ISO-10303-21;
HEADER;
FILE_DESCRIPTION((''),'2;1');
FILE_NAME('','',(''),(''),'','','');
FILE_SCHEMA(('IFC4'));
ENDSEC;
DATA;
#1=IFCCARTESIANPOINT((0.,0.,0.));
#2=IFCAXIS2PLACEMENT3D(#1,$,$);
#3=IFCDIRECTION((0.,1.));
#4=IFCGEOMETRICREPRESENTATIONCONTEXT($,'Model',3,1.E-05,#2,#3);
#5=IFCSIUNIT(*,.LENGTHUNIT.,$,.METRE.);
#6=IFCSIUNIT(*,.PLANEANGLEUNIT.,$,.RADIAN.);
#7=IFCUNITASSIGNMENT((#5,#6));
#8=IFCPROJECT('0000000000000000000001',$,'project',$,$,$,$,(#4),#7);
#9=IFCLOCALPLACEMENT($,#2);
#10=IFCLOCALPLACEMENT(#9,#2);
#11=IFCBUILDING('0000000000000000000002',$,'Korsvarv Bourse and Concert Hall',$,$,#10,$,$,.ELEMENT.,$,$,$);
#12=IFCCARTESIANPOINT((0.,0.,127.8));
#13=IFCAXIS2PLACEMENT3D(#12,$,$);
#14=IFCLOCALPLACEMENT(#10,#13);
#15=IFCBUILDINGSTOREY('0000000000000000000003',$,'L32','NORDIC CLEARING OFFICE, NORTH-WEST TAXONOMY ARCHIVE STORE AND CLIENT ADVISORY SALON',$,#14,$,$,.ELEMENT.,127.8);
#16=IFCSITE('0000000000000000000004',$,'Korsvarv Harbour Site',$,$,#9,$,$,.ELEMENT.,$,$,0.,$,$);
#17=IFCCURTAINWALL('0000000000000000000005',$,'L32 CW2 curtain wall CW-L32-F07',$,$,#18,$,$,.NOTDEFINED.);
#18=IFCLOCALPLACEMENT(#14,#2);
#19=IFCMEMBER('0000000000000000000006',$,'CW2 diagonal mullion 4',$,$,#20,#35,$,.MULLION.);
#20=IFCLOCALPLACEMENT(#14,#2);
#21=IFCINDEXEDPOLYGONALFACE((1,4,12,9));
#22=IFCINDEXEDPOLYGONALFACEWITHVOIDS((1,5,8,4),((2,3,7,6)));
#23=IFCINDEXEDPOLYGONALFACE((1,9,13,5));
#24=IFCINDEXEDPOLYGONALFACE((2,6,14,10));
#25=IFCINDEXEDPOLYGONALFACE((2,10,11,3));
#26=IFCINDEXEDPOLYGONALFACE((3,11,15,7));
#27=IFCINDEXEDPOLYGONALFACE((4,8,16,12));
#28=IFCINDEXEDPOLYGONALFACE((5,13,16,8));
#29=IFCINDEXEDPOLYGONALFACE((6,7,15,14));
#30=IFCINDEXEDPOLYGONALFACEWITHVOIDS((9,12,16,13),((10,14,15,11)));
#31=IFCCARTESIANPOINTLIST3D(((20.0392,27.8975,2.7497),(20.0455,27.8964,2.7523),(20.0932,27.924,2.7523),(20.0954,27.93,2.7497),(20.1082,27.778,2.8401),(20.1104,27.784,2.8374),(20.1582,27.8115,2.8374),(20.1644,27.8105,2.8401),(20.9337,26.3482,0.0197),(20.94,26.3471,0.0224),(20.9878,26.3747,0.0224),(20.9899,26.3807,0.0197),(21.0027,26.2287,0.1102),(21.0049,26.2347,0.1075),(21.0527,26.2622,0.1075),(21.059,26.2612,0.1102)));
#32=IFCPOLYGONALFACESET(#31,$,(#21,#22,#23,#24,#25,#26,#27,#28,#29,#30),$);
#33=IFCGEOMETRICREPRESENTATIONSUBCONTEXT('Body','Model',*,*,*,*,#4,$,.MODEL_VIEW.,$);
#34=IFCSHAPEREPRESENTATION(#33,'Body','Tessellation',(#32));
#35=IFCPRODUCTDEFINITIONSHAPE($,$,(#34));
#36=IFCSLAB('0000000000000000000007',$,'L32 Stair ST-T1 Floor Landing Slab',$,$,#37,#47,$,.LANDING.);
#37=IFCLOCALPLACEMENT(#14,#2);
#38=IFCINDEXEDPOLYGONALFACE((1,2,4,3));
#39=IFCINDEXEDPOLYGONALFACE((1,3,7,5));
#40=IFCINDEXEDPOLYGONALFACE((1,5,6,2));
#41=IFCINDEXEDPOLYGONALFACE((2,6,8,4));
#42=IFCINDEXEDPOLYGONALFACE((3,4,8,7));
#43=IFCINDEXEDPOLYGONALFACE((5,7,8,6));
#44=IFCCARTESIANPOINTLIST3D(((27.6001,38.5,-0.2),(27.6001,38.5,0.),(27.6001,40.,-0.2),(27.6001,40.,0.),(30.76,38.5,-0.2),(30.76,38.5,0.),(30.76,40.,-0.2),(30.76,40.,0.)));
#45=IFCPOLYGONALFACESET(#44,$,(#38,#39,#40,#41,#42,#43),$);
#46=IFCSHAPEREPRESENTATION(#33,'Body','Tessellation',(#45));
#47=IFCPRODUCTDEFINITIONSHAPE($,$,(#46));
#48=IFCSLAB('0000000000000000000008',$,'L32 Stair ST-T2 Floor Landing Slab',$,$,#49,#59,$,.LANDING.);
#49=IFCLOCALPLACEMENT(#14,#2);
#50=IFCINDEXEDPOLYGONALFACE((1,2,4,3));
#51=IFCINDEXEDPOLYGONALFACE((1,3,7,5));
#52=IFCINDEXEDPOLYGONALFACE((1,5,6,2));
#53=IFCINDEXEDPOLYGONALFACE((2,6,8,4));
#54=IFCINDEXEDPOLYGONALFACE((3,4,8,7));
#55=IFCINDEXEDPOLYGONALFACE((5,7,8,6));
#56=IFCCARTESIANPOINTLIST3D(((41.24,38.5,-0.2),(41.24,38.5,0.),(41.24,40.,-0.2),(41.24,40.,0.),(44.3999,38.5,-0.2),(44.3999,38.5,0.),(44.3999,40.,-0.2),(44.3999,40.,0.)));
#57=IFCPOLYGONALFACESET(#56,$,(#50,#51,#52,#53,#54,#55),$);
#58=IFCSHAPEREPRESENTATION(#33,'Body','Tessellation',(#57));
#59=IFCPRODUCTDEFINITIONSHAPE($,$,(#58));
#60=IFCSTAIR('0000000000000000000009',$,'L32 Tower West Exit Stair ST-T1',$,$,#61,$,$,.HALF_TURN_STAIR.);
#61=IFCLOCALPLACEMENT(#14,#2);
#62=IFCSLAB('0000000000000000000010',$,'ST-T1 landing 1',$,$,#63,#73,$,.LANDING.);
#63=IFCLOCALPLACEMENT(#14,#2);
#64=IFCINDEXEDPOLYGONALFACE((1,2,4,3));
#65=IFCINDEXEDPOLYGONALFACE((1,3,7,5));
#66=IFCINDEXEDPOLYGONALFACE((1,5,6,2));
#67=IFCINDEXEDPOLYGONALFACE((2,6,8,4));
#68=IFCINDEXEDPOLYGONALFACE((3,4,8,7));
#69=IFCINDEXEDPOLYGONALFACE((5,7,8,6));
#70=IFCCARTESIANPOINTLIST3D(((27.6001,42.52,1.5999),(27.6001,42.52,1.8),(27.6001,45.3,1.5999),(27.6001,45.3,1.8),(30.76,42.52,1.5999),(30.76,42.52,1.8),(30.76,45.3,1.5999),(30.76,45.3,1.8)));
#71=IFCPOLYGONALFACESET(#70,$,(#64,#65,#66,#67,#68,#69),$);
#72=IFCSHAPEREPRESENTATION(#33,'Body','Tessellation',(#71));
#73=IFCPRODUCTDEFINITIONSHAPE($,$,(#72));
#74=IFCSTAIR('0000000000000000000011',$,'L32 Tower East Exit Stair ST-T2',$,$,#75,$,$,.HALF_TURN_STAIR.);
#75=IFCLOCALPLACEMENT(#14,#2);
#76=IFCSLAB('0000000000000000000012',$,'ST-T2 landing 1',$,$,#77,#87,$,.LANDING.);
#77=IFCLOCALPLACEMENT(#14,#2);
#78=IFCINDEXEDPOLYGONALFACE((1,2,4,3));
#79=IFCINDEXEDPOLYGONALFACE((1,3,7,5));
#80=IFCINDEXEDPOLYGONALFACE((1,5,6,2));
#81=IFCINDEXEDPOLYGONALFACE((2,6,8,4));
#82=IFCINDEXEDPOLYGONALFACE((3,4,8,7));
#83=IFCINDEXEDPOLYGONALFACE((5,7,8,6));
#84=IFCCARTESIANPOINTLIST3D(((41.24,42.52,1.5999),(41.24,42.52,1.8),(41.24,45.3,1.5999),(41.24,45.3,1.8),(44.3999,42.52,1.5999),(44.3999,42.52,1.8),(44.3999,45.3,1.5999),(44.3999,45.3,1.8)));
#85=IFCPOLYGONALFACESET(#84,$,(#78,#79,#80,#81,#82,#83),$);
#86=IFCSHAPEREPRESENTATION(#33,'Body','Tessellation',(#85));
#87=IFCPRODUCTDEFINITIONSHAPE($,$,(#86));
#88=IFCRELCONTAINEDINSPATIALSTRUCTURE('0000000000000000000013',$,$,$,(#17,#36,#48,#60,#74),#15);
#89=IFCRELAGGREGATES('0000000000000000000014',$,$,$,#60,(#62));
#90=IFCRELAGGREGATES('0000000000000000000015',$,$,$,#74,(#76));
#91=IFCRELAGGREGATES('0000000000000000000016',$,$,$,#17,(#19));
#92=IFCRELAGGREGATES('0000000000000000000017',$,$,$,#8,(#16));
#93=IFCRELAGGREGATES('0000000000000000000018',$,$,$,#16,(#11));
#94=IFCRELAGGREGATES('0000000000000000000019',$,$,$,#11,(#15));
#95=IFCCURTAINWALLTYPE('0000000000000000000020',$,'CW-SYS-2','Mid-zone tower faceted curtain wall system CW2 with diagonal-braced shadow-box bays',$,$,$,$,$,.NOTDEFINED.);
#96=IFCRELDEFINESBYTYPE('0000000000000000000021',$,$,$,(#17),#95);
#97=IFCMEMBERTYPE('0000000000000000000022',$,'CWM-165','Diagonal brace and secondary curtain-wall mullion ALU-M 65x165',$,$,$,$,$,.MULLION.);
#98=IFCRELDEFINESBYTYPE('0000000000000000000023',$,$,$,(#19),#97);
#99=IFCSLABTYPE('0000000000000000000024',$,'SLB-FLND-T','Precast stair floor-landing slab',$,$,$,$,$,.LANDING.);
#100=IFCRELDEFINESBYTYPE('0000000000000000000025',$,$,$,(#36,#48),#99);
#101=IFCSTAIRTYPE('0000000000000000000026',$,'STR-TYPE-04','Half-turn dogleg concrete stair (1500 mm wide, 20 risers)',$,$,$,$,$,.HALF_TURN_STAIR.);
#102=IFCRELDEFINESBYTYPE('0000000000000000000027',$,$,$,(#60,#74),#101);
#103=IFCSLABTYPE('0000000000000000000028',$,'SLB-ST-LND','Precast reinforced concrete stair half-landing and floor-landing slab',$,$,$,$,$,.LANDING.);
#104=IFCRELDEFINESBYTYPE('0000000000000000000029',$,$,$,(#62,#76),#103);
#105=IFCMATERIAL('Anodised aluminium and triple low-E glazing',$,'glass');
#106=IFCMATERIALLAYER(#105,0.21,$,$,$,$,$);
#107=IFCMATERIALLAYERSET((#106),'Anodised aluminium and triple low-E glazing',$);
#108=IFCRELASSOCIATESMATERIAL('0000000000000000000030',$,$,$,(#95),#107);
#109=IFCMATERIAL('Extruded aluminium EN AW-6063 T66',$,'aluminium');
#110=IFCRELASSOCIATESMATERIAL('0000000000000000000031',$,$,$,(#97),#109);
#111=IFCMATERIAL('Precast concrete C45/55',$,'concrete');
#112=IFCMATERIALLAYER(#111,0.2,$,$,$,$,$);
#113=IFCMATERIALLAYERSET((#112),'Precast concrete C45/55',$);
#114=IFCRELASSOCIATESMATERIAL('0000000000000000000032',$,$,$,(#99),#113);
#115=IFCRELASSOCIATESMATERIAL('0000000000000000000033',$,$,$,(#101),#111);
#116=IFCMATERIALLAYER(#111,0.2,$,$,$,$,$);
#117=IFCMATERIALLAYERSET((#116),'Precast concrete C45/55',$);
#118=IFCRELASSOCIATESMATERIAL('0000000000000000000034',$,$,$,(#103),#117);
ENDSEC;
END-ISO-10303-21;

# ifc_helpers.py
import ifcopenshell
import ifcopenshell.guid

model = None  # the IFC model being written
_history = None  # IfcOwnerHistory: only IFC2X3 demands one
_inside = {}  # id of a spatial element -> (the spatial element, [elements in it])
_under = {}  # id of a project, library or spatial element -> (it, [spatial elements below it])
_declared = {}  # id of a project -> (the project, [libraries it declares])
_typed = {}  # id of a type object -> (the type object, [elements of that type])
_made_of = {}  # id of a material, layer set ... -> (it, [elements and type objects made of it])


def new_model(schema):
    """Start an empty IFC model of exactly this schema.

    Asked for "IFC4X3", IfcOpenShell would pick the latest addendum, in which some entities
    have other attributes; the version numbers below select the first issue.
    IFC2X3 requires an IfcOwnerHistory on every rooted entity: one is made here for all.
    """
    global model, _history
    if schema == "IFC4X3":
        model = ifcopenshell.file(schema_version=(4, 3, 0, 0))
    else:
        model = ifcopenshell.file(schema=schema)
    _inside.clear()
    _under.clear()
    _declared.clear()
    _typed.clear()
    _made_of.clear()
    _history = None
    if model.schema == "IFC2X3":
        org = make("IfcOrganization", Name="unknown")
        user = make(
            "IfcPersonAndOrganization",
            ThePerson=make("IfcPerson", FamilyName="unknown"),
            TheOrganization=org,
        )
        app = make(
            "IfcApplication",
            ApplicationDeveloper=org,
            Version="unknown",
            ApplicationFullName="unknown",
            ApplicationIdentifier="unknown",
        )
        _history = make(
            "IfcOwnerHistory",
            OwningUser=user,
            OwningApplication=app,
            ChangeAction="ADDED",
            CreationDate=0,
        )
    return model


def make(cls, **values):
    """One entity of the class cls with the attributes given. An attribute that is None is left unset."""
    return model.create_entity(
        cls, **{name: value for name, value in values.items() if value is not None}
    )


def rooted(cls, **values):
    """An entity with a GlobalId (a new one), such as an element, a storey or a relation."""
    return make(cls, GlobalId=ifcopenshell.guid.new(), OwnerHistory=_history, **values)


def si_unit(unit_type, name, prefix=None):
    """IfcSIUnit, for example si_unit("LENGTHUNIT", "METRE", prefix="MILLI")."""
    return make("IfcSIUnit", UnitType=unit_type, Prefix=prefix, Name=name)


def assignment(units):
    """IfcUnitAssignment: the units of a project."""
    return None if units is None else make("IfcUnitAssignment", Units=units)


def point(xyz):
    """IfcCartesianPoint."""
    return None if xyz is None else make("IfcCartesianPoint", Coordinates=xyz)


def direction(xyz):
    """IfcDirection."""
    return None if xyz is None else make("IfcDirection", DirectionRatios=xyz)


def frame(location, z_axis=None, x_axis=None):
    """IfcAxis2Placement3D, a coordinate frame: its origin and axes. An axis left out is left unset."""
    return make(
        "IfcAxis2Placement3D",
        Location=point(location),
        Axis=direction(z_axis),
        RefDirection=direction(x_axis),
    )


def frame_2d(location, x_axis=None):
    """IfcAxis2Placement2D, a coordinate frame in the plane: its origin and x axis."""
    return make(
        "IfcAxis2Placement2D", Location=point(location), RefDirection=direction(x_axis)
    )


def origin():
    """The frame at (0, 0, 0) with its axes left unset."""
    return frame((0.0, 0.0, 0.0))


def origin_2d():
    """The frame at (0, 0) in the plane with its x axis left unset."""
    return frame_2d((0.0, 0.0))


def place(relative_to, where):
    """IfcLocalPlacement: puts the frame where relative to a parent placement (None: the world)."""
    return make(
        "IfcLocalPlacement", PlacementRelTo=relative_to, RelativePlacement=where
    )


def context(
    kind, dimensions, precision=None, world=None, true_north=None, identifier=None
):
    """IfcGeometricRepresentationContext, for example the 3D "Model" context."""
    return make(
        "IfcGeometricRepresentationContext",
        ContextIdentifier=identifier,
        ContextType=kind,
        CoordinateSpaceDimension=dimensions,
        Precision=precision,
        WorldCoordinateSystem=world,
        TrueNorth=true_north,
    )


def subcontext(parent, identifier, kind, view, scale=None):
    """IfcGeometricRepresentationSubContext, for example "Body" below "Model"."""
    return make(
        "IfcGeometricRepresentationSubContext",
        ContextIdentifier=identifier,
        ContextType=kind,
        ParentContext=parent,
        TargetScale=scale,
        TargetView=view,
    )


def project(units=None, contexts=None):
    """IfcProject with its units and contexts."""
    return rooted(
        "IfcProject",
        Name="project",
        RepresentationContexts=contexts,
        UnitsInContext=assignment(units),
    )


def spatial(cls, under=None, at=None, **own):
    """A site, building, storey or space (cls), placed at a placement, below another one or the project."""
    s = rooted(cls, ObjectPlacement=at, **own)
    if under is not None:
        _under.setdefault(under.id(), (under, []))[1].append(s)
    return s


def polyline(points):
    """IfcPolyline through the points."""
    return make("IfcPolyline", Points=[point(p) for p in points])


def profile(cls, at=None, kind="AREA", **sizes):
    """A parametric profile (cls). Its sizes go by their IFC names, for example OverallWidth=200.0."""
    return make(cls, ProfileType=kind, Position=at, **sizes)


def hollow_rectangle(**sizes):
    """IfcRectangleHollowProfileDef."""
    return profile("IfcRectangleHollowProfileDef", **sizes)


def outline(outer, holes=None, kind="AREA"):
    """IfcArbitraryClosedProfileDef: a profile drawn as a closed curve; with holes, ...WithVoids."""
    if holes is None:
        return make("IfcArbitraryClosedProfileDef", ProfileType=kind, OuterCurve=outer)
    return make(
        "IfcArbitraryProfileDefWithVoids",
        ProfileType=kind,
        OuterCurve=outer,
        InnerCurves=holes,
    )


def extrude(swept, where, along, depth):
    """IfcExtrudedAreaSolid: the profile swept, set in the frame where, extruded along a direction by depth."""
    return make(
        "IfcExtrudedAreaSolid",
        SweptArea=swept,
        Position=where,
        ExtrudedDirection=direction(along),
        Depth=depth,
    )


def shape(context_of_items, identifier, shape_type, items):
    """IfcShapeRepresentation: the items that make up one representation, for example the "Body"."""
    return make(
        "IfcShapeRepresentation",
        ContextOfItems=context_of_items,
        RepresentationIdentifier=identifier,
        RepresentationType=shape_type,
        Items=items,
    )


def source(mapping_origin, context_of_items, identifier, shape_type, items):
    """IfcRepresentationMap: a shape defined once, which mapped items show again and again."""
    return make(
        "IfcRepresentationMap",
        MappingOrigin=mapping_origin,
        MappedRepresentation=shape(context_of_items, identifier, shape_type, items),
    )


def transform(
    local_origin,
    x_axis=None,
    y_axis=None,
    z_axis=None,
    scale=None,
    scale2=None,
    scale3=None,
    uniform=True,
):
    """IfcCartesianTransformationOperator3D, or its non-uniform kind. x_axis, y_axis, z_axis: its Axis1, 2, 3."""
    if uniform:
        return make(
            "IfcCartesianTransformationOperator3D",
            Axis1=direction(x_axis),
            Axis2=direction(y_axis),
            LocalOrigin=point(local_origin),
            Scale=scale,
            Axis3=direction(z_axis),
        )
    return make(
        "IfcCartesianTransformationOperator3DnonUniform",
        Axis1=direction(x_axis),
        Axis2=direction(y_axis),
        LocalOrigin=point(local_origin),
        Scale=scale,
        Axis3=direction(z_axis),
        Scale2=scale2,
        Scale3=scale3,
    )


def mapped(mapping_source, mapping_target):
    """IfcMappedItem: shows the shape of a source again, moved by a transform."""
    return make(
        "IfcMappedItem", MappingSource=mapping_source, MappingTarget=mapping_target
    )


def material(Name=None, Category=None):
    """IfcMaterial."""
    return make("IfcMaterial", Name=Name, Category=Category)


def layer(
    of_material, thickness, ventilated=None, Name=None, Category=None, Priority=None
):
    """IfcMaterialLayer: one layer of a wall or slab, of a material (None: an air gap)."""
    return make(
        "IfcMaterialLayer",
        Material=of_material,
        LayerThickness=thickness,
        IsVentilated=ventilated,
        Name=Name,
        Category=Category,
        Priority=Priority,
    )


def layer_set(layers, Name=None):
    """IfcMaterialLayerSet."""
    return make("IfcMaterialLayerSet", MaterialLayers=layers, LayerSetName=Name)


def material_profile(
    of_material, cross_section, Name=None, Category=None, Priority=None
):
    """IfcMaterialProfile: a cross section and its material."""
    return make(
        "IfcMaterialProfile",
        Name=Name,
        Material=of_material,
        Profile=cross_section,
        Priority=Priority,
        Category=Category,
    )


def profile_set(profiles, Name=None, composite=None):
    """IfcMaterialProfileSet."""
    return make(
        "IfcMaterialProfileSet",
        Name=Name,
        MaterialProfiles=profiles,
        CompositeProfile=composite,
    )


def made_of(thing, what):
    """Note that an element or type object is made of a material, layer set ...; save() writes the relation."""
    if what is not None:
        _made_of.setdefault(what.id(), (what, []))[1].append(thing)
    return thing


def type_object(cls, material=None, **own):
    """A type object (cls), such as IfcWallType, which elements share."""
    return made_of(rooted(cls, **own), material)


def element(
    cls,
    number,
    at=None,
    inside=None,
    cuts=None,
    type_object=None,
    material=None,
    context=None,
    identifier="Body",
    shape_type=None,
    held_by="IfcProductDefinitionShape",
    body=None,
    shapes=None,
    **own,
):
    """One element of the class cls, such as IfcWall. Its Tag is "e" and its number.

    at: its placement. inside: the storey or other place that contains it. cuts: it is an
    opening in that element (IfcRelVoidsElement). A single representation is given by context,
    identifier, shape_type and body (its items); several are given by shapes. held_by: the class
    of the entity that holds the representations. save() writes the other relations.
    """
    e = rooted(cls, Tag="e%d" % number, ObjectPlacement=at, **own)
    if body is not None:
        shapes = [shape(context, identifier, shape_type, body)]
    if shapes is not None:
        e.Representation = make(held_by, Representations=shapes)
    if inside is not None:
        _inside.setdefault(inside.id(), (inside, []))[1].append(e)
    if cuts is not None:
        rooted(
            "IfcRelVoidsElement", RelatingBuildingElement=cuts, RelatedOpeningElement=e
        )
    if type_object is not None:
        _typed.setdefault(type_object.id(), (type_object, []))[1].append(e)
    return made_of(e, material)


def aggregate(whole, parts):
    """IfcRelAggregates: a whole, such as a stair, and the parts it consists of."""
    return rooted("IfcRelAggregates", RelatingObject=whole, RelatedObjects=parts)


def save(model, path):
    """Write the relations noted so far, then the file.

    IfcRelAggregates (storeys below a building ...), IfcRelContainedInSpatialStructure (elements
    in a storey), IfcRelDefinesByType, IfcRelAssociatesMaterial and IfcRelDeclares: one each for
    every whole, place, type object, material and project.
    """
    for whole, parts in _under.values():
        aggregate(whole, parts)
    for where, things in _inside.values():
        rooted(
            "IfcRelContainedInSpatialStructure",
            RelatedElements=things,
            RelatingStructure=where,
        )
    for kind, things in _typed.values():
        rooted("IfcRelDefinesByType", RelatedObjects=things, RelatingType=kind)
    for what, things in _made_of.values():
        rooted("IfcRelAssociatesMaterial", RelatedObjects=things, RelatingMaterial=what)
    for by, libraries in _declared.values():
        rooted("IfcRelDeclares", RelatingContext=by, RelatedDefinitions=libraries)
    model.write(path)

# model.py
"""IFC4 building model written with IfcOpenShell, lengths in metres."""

from ifc_helpers import new_model, si_unit, direction, frame, origin, origin_2d, place, context, subcontext, project, spatial, polyline, hollow_rectangle, outline, extrude, source, transform, mapped, material, layer, layer_set, material_profile, profile_set, type_object, element, aggregate, save


model = new_model("IFC4")

# Units and contexts
model_context = context("Model", 3, precision=1e-05, world=origin(), true_north=direction((0.0, 1.0)))
body_context = subcontext(model_context, "Body", "Model", "MODEL_VIEW")
ifc_project = project(units=[si_unit("LENGTHUNIT", "METRE"), si_unit("PLANEANGLEUNIT", "RADIAN")], contexts=[model_context])

# Site, building, storey
site_placement = place(None, origin())
site = spatial("IfcSite", under=ifc_project, at=site_placement, Name="Korsvarv Harbour Site", CompositionType="ELEMENT", RefElevation=0.0)
building_placement = place(site_placement, origin())
building = spatial("IfcBuilding", under=site, at=building_placement, Name="Korsvarv Bourse and Concert Hall", CompositionType="ELEMENT")
storey_placement = place(building_placement, frame((0.0, 0.0, 127.8)))
storey = spatial("IfcBuildingStorey", under=building, at=storey_placement, Name="L32", Description="NORDIC CLEARING OFFICE, NORTH-WEST TAXONOMY ARCHIVE STORE AND CLIENT ADVISORY SALON", CompositionType="ELEMENT", Elevation=127.8)

# Curtain wall, member
ifc_material_1 = material(Name="Anodised aluminium and triple low-E glazing", Category="glass")
ifc_layer_1 = layer(ifc_material_1, 0.21)
ifc_layer_set_1 = layer_set([ifc_layer_1], Name="Anodised aluminium and triple low-E glazing")
curtain_wall_type = type_object("IfcCurtainWallType", Name="CW-SYS-2", Description="Mid-zone tower faceted curtain wall system CW2 with diagonal-braced shadow-box bays", PredefinedType="NOTDEFINED", material=ifc_layer_set_1)
curtain_wall_placement = place(storey_placement, origin())
curtain_wall = element("IfcCurtainWall", 1, at=curtain_wall_placement, inside=storey, type_object=curtain_wall_type, Name="L32 CW2 curtain wall CW-L32-F07", PredefinedType="NOTDEFINED")
ifc_material_2 = material(Name="Extruded aluminium EN AW-6063 T66", Category="aluminium")
ifc_material_profile_1 = material_profile(ifc_material_2, hollow_rectangle(XDim=0.0649, YDim=0.165, WallThickness=0.0049, at=origin_2d()), Name="ALU-M 65x165")
ifc_profile_set_1 = profile_set([ifc_material_profile_1], Name="Extruded aluminium EN AW-6063 T66")
member_type_1 = type_object("IfcMemberType", Name="CWM-165", Description="Diagonal brace and secondary curtain-wall mullion ALU-M 65x165", PredefinedType="MULLION", material=ifc_profile_set_1)
shared_shape_1 = source(origin(), body_context, "Body", "SweptSolid", [
    extrude(hollow_rectangle(XDim=0.0649, YDim=0.165, WallThickness=0.0049, at=origin_2d()), origin(), (0.0, 0.0, 1.0), 3.2639),
])
member_1_placement = place(storey_placement, frame((20.9963, 26.3047, 0.0649), z_axis=(-0.274064, 0.474675, 0.836404), x_axis=(-0.866017, -0.500014, 0.0)))
member_1 = element("IfcMember", 2, at=member_1_placement, type_object=member_type_1, Name="CW2 diagonal mullion 4", PredefinedType="MULLION", context=body_context, shape_type="MappedRepresentation", body=[
    mapped(shared_shape_1, transform((0.0, 0.0, 0.0), scale=1.0)),
])

# Slabs
ifc_material_3 = material(Name="Precast concrete C45/55", Category="concrete")
ifc_layer_2 = layer(ifc_material_3, 0.2)
ifc_layer_set_2 = layer_set([ifc_layer_2], Name="Precast concrete C45/55")
slab_type_1 = type_object("IfcSlabType", Name="SLB-FLND-T", Description="Precast stair floor-landing slab", PredefinedType="LANDING", material=ifc_layer_set_2)
slab_1_placement = place(storey_placement, frame((0.0, 0.0, -0.2)))
element("IfcSlab", 3, at=slab_1_placement, inside=storey, type_object=slab_type_1, Name="L32 Stair ST-T1 Floor Landing Slab", PredefinedType="LANDING", context=body_context, shape_type="SweptSolid", body=[
    extrude(outline(polyline([(30.76, 38.5), (30.76, 40.0), (27.6001, 40.0), (27.6001, 38.5), (30.76, 38.5)])), origin(), (0.0, 0.0, 1.0), 0.2),
])
slab_2_placement = place(storey_placement, frame((0.0, 0.0, -0.2)))
element("IfcSlab", 4, at=slab_2_placement, inside=storey, type_object=slab_type_1, Name="L32 Stair ST-T2 Floor Landing Slab", PredefinedType="LANDING", context=body_context, shape_type="SweptSolid", body=[
    extrude(outline(polyline([(44.3999, 38.5), (44.3999, 40.0), (41.24, 40.0), (41.24, 38.5), (44.3999, 38.5)])), origin(), (0.0, 0.0, 1.0), 0.2),
])

# Stairs, slabs
stair_type = type_object("IfcStairType", Name="STR-TYPE-04", Description="Half-turn dogleg concrete stair (1500 mm wide, 20 risers)", PredefinedType="HALF_TURN_STAIR", material=ifc_material_3)
stair_1_placement = place(storey_placement, origin())
stair_1 = element("IfcStair", 5, at=stair_1_placement, inside=storey, type_object=stair_type, Name="L32 Tower West Exit Stair ST-T1", PredefinedType="HALF_TURN_STAIR")
ifc_layer_3 = layer(ifc_material_3, 0.2)
ifc_layer_set_3 = layer_set([ifc_layer_3], Name="Precast concrete C45/55")
slab_type_2 = type_object("IfcSlabType", Name="SLB-ST-LND", Description="Precast reinforced concrete stair half-landing and floor-landing slab", PredefinedType="LANDING", material=ifc_layer_set_3)
slab_3_placement = place(storey_placement, frame((0.0, 0.0, 1.5999)))
slab_3 = element("IfcSlab", 6, at=slab_3_placement, type_object=slab_type_2, Name="ST-T1 landing 1", PredefinedType="LANDING", context=body_context, shape_type="SweptSolid", body=[
    extrude(outline(polyline([(30.76, 42.52), (30.76, 45.3), (27.6001, 45.3), (27.6001, 42.52), (30.76, 42.52)])), origin(), (0.0, 0.0, 1.0), 0.2002),
])
aggregate(stair_1, [slab_3])
stair_2_placement = place(storey_placement, origin())
stair_2 = element("IfcStair", 7, at=stair_2_placement, inside=storey, type_object=stair_type, Name="L32 Tower East Exit Stair ST-T2", PredefinedType="HALF_TURN_STAIR")
slab_4_placement = place(storey_placement, frame((0.0, 0.0, 1.5999)))
slab_4 = element("IfcSlab", 8, at=slab_4_placement, type_object=slab_type_2, Name="ST-T2 landing 1", PredefinedType="LANDING", context=body_context, shape_type="SweptSolid", body=[
    extrude(outline(polyline([(44.3999, 42.52), (44.3999, 45.3), (41.24, 45.3), (41.24, 42.52), (44.3999, 42.52)])), origin(), (0.0, 0.0, 1.0), 0.2002),
])
aggregate(stair_2, [slab_4])

aggregate(curtain_wall, [member_1])

save(model, "model.ifc")
